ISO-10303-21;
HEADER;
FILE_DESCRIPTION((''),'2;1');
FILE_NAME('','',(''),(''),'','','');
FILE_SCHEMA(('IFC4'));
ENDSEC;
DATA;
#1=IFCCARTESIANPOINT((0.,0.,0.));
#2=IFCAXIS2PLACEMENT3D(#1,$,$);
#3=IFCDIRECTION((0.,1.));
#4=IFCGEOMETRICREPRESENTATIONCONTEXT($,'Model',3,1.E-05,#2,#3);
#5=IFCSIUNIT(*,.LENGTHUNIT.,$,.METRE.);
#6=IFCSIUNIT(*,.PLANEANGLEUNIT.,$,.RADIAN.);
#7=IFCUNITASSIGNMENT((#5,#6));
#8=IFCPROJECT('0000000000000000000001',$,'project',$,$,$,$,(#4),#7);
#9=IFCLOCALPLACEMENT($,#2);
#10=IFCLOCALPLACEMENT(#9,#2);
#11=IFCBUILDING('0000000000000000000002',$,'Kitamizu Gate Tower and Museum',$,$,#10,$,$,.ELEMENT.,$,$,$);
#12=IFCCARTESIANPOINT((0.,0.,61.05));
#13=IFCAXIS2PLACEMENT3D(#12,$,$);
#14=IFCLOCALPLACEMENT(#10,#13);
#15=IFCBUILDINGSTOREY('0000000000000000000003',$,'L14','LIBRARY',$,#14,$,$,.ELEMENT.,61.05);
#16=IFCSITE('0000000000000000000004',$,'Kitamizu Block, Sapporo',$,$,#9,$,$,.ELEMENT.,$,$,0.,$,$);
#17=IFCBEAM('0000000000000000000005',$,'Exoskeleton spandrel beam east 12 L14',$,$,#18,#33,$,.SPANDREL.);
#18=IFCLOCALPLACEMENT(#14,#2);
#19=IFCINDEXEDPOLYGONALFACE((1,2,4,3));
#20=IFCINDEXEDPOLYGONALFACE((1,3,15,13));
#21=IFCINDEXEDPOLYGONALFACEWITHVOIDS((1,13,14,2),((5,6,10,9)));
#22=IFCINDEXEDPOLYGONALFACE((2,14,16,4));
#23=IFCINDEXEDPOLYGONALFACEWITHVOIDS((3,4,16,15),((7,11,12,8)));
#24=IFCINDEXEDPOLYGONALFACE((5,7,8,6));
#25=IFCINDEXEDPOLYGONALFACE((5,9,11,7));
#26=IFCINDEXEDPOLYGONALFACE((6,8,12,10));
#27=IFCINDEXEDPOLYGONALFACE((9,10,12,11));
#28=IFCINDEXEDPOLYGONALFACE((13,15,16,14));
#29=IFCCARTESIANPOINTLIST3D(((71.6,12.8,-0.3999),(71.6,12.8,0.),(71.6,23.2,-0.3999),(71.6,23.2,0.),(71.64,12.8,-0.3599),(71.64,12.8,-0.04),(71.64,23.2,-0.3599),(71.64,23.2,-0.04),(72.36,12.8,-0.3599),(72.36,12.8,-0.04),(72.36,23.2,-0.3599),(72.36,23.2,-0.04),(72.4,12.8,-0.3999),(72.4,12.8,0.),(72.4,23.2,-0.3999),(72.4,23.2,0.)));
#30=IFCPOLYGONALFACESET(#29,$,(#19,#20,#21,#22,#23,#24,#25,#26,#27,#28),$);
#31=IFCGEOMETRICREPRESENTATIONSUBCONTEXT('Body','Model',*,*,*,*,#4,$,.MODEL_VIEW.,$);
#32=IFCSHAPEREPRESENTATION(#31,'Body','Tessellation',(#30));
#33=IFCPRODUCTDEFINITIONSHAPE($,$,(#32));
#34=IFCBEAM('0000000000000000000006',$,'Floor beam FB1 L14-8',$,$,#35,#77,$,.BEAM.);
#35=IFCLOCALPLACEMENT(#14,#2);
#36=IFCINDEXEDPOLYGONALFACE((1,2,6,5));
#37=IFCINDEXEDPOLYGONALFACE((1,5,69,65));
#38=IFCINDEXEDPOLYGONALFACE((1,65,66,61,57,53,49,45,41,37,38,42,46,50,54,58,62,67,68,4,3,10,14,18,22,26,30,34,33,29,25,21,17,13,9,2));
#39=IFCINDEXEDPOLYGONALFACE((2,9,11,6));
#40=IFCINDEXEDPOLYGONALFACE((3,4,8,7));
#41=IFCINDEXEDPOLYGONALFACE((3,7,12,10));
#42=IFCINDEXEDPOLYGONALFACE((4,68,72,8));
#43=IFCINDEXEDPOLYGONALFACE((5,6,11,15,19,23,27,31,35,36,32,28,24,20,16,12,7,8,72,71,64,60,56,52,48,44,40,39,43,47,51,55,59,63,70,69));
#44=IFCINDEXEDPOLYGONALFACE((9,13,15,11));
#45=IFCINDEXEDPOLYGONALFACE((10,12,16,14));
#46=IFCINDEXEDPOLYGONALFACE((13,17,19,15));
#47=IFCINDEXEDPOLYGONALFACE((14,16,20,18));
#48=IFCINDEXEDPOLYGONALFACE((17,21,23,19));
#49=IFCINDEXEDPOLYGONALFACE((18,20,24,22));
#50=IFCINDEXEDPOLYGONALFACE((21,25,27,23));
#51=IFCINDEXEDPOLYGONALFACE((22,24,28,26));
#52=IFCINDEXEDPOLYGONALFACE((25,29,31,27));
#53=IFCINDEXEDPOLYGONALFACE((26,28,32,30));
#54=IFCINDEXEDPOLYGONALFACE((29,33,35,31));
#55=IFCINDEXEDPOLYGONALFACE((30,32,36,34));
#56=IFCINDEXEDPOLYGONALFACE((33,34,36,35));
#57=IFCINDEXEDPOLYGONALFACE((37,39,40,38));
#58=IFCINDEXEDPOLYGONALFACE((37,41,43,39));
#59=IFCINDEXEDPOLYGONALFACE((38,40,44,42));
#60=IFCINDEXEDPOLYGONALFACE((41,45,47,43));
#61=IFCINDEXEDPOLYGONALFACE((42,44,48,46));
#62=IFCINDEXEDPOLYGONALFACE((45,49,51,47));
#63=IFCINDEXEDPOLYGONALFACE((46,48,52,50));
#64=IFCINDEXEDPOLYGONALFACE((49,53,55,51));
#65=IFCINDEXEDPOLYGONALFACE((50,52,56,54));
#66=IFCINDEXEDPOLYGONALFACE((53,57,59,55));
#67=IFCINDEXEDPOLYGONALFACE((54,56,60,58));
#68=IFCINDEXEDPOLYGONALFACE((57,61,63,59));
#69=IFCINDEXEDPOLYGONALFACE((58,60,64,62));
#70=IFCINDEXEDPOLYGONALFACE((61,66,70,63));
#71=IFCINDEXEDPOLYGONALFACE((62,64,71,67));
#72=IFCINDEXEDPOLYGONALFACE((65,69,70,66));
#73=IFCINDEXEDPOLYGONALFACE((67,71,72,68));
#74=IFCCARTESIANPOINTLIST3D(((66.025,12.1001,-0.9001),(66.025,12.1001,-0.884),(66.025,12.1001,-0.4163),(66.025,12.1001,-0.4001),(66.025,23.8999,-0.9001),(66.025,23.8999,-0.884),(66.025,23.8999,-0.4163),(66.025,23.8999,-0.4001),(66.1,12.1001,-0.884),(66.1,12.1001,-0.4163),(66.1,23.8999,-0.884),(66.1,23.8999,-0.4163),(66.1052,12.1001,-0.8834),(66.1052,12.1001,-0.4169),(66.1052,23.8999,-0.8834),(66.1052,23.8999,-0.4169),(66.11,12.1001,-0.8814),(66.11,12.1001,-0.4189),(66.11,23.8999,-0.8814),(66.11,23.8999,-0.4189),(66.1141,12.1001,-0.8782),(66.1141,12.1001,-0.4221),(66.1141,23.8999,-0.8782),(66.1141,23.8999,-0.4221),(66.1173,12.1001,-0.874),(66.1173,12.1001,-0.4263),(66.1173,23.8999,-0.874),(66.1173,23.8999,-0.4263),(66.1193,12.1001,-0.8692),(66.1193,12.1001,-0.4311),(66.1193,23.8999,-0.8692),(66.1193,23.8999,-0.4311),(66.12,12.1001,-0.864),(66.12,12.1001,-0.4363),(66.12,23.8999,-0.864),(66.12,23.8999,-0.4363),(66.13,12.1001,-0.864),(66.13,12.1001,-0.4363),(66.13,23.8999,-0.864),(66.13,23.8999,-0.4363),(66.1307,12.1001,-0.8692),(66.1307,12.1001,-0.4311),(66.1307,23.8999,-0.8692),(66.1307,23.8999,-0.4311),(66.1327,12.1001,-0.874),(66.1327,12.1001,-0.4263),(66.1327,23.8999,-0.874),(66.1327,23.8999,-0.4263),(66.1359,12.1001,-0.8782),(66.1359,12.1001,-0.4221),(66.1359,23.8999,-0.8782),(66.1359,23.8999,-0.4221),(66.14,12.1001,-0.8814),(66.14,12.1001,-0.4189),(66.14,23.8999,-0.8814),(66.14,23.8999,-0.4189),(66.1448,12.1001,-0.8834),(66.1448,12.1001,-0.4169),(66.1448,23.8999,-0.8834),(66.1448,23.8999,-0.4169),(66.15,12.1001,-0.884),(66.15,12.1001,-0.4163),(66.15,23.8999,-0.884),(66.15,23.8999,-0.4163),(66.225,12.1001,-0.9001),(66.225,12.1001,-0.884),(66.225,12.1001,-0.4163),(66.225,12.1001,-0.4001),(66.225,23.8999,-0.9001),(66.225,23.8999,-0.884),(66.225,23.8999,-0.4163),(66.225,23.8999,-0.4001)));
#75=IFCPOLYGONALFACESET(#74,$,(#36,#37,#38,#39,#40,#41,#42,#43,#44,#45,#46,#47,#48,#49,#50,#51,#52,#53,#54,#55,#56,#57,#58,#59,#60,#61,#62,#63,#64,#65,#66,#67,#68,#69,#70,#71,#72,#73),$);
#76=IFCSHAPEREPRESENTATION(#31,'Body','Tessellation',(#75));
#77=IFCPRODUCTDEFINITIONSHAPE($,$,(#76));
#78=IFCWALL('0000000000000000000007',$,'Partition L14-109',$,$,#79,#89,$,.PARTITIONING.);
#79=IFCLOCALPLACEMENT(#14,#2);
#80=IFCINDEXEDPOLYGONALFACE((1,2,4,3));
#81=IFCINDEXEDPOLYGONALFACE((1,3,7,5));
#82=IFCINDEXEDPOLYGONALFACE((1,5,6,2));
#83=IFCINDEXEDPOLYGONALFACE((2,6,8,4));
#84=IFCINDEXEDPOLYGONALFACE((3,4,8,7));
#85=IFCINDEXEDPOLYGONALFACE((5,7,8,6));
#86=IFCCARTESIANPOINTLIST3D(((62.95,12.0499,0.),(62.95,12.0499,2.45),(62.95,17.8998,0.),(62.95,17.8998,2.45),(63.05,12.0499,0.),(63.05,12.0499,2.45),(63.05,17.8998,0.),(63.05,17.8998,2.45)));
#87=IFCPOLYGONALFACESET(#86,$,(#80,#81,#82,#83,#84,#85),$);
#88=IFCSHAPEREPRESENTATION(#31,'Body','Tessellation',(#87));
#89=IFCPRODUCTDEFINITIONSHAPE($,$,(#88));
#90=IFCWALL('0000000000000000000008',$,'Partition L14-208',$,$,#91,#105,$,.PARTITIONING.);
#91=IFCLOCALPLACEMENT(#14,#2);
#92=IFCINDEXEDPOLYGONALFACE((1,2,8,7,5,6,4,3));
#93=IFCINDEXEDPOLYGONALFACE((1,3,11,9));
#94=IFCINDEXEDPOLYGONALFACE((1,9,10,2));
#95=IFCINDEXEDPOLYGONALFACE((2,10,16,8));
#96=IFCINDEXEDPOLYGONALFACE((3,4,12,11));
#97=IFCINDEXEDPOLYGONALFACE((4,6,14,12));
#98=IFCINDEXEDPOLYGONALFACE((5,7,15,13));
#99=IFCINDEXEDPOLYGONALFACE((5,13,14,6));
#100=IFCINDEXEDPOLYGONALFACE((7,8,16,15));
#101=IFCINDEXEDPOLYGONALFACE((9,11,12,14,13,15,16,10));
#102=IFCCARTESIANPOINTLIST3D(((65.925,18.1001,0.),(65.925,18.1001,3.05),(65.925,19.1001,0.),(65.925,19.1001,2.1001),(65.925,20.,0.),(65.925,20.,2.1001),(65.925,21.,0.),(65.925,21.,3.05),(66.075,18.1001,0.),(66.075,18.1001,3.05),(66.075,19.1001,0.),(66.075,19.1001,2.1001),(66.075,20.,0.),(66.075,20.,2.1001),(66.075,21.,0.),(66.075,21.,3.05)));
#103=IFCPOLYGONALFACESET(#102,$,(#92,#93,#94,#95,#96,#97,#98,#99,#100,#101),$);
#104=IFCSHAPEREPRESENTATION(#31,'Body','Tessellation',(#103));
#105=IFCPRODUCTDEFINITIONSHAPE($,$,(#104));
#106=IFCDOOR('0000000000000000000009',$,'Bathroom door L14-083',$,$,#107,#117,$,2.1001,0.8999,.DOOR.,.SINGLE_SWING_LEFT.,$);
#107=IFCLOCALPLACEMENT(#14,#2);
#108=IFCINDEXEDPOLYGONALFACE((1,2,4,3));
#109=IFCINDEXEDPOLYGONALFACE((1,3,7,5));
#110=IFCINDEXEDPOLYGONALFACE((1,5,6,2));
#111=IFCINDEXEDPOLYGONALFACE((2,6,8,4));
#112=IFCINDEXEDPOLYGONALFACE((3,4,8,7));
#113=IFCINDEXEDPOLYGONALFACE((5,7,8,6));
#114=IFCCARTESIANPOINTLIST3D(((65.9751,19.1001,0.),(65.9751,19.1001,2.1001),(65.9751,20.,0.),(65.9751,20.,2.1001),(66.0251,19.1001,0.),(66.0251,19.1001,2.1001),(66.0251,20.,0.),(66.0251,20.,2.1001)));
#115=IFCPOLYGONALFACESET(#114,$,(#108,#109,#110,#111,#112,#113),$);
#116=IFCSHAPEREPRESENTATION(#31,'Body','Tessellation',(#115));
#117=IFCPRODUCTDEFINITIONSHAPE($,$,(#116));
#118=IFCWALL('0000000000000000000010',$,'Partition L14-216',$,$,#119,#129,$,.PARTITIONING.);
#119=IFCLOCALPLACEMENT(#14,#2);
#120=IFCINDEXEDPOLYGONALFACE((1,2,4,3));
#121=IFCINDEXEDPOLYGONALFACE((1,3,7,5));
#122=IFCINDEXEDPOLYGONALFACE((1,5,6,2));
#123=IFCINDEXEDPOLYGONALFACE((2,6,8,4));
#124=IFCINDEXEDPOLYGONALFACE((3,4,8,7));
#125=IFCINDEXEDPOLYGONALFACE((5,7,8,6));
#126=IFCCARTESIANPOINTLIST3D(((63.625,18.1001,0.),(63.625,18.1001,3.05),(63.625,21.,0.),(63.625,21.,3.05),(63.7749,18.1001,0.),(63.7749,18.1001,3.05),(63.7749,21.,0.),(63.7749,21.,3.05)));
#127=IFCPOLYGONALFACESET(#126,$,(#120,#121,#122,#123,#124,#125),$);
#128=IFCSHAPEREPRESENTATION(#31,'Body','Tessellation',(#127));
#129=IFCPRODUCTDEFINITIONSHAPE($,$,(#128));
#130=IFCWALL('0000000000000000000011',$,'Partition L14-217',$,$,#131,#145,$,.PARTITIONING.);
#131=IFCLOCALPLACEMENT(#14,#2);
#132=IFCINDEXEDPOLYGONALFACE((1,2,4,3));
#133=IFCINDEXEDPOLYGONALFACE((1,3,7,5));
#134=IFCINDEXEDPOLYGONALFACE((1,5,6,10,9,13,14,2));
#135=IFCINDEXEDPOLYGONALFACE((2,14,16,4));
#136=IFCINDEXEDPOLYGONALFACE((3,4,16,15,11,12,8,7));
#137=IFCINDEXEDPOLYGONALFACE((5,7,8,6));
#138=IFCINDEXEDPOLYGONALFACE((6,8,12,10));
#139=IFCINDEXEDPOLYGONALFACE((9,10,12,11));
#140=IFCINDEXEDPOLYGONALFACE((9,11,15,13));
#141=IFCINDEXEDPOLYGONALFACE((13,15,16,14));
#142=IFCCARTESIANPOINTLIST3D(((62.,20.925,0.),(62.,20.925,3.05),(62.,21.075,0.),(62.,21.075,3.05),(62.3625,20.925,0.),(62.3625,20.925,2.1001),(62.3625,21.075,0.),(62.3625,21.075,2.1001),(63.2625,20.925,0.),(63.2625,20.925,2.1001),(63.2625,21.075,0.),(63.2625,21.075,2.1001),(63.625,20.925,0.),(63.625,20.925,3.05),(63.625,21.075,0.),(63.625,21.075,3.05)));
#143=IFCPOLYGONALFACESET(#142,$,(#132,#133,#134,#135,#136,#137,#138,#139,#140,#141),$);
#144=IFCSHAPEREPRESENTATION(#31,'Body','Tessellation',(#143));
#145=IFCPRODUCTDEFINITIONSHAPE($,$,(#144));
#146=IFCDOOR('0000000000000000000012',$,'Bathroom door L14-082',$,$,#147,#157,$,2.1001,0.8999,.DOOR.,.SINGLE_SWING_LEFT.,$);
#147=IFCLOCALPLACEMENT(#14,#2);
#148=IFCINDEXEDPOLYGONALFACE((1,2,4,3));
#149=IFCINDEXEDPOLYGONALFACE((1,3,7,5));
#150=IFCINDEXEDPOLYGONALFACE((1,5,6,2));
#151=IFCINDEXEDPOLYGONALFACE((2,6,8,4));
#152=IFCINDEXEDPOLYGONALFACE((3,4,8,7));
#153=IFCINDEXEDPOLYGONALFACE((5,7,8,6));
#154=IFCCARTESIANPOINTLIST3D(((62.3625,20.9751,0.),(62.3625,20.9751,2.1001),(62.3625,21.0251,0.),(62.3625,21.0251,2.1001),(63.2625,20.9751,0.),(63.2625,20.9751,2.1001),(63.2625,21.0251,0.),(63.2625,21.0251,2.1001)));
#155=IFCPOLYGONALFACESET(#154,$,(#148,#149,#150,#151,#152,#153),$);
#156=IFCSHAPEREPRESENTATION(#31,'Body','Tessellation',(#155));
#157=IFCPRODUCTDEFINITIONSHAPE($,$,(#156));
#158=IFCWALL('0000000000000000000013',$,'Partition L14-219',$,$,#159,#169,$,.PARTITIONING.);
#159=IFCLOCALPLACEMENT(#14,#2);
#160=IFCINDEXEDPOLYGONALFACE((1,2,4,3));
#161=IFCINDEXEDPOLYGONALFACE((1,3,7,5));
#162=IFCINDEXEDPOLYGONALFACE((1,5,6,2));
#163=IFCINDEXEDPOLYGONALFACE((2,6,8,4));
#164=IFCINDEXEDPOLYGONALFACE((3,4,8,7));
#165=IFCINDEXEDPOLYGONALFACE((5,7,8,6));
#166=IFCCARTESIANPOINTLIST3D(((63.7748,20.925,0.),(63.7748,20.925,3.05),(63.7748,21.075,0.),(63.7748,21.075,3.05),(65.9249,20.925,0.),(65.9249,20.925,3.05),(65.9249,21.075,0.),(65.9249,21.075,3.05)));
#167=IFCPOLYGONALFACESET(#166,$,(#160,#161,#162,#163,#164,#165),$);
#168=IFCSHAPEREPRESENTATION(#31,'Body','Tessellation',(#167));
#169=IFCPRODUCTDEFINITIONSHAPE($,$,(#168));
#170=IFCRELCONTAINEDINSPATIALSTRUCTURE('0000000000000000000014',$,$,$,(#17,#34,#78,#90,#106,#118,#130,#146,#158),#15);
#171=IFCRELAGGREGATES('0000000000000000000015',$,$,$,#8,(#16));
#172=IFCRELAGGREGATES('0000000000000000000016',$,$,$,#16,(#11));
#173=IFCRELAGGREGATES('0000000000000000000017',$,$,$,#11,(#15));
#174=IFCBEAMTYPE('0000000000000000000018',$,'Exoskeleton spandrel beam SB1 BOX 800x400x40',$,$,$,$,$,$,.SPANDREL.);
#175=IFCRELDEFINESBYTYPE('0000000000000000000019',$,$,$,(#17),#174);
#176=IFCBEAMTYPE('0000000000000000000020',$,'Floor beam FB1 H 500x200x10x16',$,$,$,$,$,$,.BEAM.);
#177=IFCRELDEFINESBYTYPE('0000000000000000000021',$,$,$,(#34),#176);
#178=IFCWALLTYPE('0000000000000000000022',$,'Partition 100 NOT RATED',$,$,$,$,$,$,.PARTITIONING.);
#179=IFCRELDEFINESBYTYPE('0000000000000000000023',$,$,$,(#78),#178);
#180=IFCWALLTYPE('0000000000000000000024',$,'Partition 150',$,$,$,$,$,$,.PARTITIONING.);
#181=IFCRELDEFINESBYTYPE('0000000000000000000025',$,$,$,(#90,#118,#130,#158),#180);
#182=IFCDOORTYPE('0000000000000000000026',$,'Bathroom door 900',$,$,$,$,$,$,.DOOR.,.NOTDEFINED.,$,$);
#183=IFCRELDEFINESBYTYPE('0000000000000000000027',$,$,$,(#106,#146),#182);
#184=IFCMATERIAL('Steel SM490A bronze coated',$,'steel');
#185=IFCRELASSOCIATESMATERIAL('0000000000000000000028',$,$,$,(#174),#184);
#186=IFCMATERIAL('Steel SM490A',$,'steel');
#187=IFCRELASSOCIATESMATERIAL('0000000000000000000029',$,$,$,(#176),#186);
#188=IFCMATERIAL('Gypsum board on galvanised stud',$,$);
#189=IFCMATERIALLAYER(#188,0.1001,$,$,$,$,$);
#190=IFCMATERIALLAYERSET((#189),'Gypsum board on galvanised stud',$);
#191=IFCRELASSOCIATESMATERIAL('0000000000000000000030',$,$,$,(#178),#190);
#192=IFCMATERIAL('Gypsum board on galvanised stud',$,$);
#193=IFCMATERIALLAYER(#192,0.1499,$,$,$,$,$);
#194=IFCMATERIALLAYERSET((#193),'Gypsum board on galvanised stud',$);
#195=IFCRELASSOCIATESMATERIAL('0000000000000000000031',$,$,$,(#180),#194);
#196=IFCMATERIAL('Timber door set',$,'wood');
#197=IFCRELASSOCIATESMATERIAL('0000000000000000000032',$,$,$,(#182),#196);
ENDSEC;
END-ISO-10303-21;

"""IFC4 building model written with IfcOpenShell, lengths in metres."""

from ifc_helpers import new_model, si_unit, direction, frame, frame_2d, origin, origin_2d, place, context, subcontext, project, spatial, rectangle, hollow_rectangle, i_section, extrude, material, layer, layer_set, material_profile, profile_set, type_object, element, fill, save


model = new_model("IFC4")

# Units and contexts
model_context = context("Model", 3, precision=1e-05, world=origin(), true_north=direction((0.0, 1.0)))
body_context = subcontext(model_context, "Body", "Model", "MODEL_VIEW")
ifc_project = project(units=[si_unit("LENGTHUNIT", "METRE"), si_unit("PLANEANGLEUNIT", "RADIAN")], contexts=[model_context])

# Site, building, storey
site_placement = place(None, origin())
site = spatial("IfcSite", under=ifc_project, at=site_placement, Name="Kitamizu Block, Sapporo", CompositionType="ELEMENT", RefElevation=0.0)
building_placement = place(site_placement, origin())
building = spatial("IfcBuilding", under=site, at=building_placement, Name="Kitamizu Gate Tower and Museum", CompositionType="ELEMENT")
storey_placement = place(building_placement, frame((0.0, 0.0, 61.05)))
storey = spatial("IfcBuildingStorey", under=building, at=storey_placement, Name="L14", Description="LIBRARY", CompositionType="ELEMENT", Elevation=61.05)

# Beams
ifc_material_1 = material(Name="Steel SM490A bronze coated", Category="steel")
ifc_material_profile_1 = material_profile(ifc_material_1, hollow_rectangle(XDim=0.8, YDim=0.3999, WallThickness=0.04, at=origin_2d()), Name="BOX 800x400x40")
ifc_profile_set_1 = profile_set([ifc_material_profile_1], Name="Steel SM490A bronze coated")
beam_type_1 = type_object("IfcBeamType", Name="Exoskeleton spandrel beam SB1 BOX 800x400x40", PredefinedType="SPANDREL", material=ifc_profile_set_1)
beam_1_placement = place(storey_placement, frame((72.0, 12.8, -0.2), z_axis=(0.0, 1.0, 0.0), x_axis=(-1.0, 0.0, 0.0)))
element("IfcBeam", 1, at=beam_1_placement, inside=storey, type_object=beam_type_1, Name="Exoskeleton spandrel beam east 12 L14", PredefinedType="SPANDREL", context=body_context, shape_type="SweptSolid", body=[
    extrude(hollow_rectangle(XDim=0.8, YDim=0.3999, WallThickness=0.04, at=origin_2d()), origin(), (0.0, 0.0, 1.0), 10.3999),
])
ifc_material_2 = material(Name="Steel SM490A", Category="steel")
ifc_material_profile_2 = material_profile(ifc_material_2, i_section(OverallWidth=0.2, OverallDepth=0.5, WebThickness=0.01, FlangeThickness=0.0161, FilletRadius=0.02, at=origin_2d()), Name="H-500x200x10x16")
ifc_profile_set_2 = profile_set([ifc_material_profile_2], Name="Steel SM490A")
beam_type_2 = type_object("IfcBeamType", Name="Floor beam FB1 H 500x200x10x16", PredefinedType="BEAM", material=ifc_profile_set_2)
beam_2_placement = place(storey_placement, frame((66.125, 12.1001, -0.6501), z_axis=(0.0, 1.0, 0.0), x_axis=(-1.0, 0.0, 0.0)))
element("IfcBeam", 2, at=beam_2_placement, inside=storey, type_object=beam_type_2, Name="Floor beam FB1 L14-8", PredefinedType="BEAM", context=body_context, shape_type="SweptSolid", body=[
    extrude(i_section(OverallWidth=0.2, OverallDepth=0.5, WebThickness=0.01, FlangeThickness=0.0161, FilletRadius=0.02, at=origin_2d()), origin(), (0.0, 0.0, 1.0), 11.7998),
])

# Wall
ifc_material_3 = material(Name="Gypsum board on galvanised stud")
ifc_layer_1 = layer(ifc_material_3, 0.1001)
ifc_layer_set_1 = layer_set([ifc_layer_1], Name="Gypsum board on galvanised stud")
wall_type_1 = type_object("IfcWallType", Name="Partition 100 NOT RATED", PredefinedType="PARTITIONING", material=ifc_layer_set_1)
wall_1_placement = place(storey_placement, frame((63.0, 12.05, 0.0), z_axis=(0.0, 0.0, 1.0), x_axis=(0.0, 1.0, 0.0)))
element("IfcWall", 3, at=wall_1_placement, inside=storey, type_object=wall_type_1, Name="Partition L14-109", PredefinedType="PARTITIONING", context=body_context, shape_type="SweptSolid", body=[
    extrude(rectangle(XDim=5.8499, YDim=0.1001, at=frame_2d((2.9248, 0.0))), origin(), (0.0, 0.0, 1.0), 2.45),
])

# Wall, opening, door
ifc_material_4 = material(Name="Gypsum board on galvanised stud")
ifc_layer_2 = layer(ifc_material_4, 0.1499)
ifc_layer_set_2 = layer_set([ifc_layer_2], Name="Gypsum board on galvanised stud")
wall_type_2 = type_object("IfcWallType", Name="Partition 150", PredefinedType="PARTITIONING", material=ifc_layer_set_2)
wall_2_placement = place(storey_placement, frame((66.0, 21.0, 0.0), z_axis=(0.0, 0.0, 1.0), x_axis=(0.0, -1.0, 0.0)))
wall_2 = element("IfcWall", 4, at=wall_2_placement, inside=storey, type_object=wall_type_2, Name="Partition L14-208", PredefinedType="PARTITIONING", context=body_context, shape_type="SweptSolid", body=[
    extrude(rectangle(XDim=2.8999, YDim=0.1499, at=frame_2d((1.45, 0.0))), origin(), (0.0, 0.0, 1.0), 3.05),
])
opening_1_placement = place(wall_2_placement, frame((1.0, 0.0, 0.0)))
opening_1 = element("IfcOpeningElement", 5, at=opening_1_placement, cuts=wall_2, PredefinedType="OPENING", context=body_context, shape_type="SweptSolid", body=[
    extrude(rectangle(XDim=0.8999, YDim=2.1001, at=frame_2d((0.45, 1.05))), frame((0.0, 0.085, 0.0), z_axis=(0.0, -1.0, 0.0), x_axis=(1.0, 0.0, 0.0)), (0.0, 0.0, 1.0), 0.1699),
])
ifc_material_5 = material(Name="Timber door set", Category="wood")
door_type = type_object("IfcDoorType", Name="Bathroom door 900", OperationType="NOTDEFINED", PredefinedType="DOOR", material=ifc_material_5)
door_1_placement = place(opening_1_placement, frame((0.8999, 0.0, 0.0), x_axis=(-1.0, 0.0, 0.0)))
door_1 = element("IfcDoor", 6, at=door_1_placement, inside=storey, type_object=door_type, Name="Bathroom door L14-083", OperationType="SINGLE_SWING_LEFT", OverallHeight=2.1001, OverallWidth=0.8999, PredefinedType="DOOR", context=body_context, shape_type="SweptSolid", body=[
    extrude(rectangle(XDim=0.8999, YDim=2.1001, at=frame_2d((0.45, 1.05))), frame((0.0, 0.0249, 0.0), z_axis=(0.0, -1.0, 0.0), x_axis=(1.0, 0.0, 0.0)), (0.0, 0.0, 1.0), 0.05),
])
fill(opening_1, door_1)

# Wall
wall_3_placement = place(storey_placement, frame((63.7, 18.1001, 0.0), z_axis=(0.0, 0.0, 1.0), x_axis=(0.0, 1.0, 0.0)))
element("IfcWall", 7, at=wall_3_placement, inside=storey, type_object=wall_type_2, Name="Partition L14-216", PredefinedType="PARTITIONING", context=body_context, shape_type="SweptSolid", body=[
    extrude(rectangle(XDim=2.8999, YDim=0.1499, at=frame_2d((1.45, 0.0))), origin(), (0.0, 0.0, 1.0), 3.05),
])

# Wall, opening, door
wall_4_placement = place(storey_placement, frame((63.625, 21.0, 0.0), z_axis=(0.0, 0.0, 1.0), x_axis=(-1.0, 0.0, 0.0)))
wall_4 = element("IfcWall", 8, at=wall_4_placement, inside=storey, type_object=wall_type_2, Name="Partition L14-217", PredefinedType="PARTITIONING", context=body_context, shape_type="SweptSolid", body=[
    extrude(rectangle(XDim=1.625, YDim=0.1499, at=frame_2d((0.8125, 0.0))), origin(), (0.0, 0.0, 1.0), 3.05),
])
opening_2_placement = place(wall_4_placement, frame((0.3625, 0.0, 0.0)))
opening_2 = element("IfcOpeningElement", 9, at=opening_2_placement, cuts=wall_4, PredefinedType="OPENING", context=body_context, shape_type="SweptSolid", body=[
    extrude(rectangle(XDim=0.8999, YDim=2.1001, at=frame_2d((0.45, 1.05))), frame((0.0, 0.085, 0.0), z_axis=(0.0, -1.0, 0.0), x_axis=(1.0, 0.0, 0.0)), (0.0, 0.0, 1.0), 0.1699),
])
door_2_placement = place(opening_2_placement, origin())
door_2 = element("IfcDoor", 10, at=door_2_placement, inside=storey, type_object=door_type, Name="Bathroom door L14-082", OperationType="SINGLE_SWING_LEFT", OverallHeight=2.1001, OverallWidth=0.8999, PredefinedType="DOOR", context=body_context, shape_type="SweptSolid", body=[
    extrude(rectangle(XDim=0.8999, YDim=2.1001, at=frame_2d((0.45, 1.05))), frame((0.0, 0.0249, 0.0), z_axis=(0.0, -1.0, 0.0), x_axis=(1.0, 0.0, 0.0)), (0.0, 0.0, 1.0), 0.05),
])
fill(opening_2, door_2)

# Wall
wall_5_placement = place(storey_placement, frame((65.925, 21.0, 0.0), z_axis=(0.0, 0.0, 1.0), x_axis=(-1.0, 0.0, 0.0)))
element("IfcWall", 11, at=wall_5_placement, inside=storey, type_object=wall_type_2, Name="Partition L14-219", PredefinedType="PARTITIONING", context=body_context, shape_type="SweptSolid", body=[
    extrude(rectangle(XDim=2.1501, YDim=0.1499, at=frame_2d((1.0752, 0.0))), origin(), (0.0, 0.0, 1.0), 3.05),
])

save(model, "model.ifc")
